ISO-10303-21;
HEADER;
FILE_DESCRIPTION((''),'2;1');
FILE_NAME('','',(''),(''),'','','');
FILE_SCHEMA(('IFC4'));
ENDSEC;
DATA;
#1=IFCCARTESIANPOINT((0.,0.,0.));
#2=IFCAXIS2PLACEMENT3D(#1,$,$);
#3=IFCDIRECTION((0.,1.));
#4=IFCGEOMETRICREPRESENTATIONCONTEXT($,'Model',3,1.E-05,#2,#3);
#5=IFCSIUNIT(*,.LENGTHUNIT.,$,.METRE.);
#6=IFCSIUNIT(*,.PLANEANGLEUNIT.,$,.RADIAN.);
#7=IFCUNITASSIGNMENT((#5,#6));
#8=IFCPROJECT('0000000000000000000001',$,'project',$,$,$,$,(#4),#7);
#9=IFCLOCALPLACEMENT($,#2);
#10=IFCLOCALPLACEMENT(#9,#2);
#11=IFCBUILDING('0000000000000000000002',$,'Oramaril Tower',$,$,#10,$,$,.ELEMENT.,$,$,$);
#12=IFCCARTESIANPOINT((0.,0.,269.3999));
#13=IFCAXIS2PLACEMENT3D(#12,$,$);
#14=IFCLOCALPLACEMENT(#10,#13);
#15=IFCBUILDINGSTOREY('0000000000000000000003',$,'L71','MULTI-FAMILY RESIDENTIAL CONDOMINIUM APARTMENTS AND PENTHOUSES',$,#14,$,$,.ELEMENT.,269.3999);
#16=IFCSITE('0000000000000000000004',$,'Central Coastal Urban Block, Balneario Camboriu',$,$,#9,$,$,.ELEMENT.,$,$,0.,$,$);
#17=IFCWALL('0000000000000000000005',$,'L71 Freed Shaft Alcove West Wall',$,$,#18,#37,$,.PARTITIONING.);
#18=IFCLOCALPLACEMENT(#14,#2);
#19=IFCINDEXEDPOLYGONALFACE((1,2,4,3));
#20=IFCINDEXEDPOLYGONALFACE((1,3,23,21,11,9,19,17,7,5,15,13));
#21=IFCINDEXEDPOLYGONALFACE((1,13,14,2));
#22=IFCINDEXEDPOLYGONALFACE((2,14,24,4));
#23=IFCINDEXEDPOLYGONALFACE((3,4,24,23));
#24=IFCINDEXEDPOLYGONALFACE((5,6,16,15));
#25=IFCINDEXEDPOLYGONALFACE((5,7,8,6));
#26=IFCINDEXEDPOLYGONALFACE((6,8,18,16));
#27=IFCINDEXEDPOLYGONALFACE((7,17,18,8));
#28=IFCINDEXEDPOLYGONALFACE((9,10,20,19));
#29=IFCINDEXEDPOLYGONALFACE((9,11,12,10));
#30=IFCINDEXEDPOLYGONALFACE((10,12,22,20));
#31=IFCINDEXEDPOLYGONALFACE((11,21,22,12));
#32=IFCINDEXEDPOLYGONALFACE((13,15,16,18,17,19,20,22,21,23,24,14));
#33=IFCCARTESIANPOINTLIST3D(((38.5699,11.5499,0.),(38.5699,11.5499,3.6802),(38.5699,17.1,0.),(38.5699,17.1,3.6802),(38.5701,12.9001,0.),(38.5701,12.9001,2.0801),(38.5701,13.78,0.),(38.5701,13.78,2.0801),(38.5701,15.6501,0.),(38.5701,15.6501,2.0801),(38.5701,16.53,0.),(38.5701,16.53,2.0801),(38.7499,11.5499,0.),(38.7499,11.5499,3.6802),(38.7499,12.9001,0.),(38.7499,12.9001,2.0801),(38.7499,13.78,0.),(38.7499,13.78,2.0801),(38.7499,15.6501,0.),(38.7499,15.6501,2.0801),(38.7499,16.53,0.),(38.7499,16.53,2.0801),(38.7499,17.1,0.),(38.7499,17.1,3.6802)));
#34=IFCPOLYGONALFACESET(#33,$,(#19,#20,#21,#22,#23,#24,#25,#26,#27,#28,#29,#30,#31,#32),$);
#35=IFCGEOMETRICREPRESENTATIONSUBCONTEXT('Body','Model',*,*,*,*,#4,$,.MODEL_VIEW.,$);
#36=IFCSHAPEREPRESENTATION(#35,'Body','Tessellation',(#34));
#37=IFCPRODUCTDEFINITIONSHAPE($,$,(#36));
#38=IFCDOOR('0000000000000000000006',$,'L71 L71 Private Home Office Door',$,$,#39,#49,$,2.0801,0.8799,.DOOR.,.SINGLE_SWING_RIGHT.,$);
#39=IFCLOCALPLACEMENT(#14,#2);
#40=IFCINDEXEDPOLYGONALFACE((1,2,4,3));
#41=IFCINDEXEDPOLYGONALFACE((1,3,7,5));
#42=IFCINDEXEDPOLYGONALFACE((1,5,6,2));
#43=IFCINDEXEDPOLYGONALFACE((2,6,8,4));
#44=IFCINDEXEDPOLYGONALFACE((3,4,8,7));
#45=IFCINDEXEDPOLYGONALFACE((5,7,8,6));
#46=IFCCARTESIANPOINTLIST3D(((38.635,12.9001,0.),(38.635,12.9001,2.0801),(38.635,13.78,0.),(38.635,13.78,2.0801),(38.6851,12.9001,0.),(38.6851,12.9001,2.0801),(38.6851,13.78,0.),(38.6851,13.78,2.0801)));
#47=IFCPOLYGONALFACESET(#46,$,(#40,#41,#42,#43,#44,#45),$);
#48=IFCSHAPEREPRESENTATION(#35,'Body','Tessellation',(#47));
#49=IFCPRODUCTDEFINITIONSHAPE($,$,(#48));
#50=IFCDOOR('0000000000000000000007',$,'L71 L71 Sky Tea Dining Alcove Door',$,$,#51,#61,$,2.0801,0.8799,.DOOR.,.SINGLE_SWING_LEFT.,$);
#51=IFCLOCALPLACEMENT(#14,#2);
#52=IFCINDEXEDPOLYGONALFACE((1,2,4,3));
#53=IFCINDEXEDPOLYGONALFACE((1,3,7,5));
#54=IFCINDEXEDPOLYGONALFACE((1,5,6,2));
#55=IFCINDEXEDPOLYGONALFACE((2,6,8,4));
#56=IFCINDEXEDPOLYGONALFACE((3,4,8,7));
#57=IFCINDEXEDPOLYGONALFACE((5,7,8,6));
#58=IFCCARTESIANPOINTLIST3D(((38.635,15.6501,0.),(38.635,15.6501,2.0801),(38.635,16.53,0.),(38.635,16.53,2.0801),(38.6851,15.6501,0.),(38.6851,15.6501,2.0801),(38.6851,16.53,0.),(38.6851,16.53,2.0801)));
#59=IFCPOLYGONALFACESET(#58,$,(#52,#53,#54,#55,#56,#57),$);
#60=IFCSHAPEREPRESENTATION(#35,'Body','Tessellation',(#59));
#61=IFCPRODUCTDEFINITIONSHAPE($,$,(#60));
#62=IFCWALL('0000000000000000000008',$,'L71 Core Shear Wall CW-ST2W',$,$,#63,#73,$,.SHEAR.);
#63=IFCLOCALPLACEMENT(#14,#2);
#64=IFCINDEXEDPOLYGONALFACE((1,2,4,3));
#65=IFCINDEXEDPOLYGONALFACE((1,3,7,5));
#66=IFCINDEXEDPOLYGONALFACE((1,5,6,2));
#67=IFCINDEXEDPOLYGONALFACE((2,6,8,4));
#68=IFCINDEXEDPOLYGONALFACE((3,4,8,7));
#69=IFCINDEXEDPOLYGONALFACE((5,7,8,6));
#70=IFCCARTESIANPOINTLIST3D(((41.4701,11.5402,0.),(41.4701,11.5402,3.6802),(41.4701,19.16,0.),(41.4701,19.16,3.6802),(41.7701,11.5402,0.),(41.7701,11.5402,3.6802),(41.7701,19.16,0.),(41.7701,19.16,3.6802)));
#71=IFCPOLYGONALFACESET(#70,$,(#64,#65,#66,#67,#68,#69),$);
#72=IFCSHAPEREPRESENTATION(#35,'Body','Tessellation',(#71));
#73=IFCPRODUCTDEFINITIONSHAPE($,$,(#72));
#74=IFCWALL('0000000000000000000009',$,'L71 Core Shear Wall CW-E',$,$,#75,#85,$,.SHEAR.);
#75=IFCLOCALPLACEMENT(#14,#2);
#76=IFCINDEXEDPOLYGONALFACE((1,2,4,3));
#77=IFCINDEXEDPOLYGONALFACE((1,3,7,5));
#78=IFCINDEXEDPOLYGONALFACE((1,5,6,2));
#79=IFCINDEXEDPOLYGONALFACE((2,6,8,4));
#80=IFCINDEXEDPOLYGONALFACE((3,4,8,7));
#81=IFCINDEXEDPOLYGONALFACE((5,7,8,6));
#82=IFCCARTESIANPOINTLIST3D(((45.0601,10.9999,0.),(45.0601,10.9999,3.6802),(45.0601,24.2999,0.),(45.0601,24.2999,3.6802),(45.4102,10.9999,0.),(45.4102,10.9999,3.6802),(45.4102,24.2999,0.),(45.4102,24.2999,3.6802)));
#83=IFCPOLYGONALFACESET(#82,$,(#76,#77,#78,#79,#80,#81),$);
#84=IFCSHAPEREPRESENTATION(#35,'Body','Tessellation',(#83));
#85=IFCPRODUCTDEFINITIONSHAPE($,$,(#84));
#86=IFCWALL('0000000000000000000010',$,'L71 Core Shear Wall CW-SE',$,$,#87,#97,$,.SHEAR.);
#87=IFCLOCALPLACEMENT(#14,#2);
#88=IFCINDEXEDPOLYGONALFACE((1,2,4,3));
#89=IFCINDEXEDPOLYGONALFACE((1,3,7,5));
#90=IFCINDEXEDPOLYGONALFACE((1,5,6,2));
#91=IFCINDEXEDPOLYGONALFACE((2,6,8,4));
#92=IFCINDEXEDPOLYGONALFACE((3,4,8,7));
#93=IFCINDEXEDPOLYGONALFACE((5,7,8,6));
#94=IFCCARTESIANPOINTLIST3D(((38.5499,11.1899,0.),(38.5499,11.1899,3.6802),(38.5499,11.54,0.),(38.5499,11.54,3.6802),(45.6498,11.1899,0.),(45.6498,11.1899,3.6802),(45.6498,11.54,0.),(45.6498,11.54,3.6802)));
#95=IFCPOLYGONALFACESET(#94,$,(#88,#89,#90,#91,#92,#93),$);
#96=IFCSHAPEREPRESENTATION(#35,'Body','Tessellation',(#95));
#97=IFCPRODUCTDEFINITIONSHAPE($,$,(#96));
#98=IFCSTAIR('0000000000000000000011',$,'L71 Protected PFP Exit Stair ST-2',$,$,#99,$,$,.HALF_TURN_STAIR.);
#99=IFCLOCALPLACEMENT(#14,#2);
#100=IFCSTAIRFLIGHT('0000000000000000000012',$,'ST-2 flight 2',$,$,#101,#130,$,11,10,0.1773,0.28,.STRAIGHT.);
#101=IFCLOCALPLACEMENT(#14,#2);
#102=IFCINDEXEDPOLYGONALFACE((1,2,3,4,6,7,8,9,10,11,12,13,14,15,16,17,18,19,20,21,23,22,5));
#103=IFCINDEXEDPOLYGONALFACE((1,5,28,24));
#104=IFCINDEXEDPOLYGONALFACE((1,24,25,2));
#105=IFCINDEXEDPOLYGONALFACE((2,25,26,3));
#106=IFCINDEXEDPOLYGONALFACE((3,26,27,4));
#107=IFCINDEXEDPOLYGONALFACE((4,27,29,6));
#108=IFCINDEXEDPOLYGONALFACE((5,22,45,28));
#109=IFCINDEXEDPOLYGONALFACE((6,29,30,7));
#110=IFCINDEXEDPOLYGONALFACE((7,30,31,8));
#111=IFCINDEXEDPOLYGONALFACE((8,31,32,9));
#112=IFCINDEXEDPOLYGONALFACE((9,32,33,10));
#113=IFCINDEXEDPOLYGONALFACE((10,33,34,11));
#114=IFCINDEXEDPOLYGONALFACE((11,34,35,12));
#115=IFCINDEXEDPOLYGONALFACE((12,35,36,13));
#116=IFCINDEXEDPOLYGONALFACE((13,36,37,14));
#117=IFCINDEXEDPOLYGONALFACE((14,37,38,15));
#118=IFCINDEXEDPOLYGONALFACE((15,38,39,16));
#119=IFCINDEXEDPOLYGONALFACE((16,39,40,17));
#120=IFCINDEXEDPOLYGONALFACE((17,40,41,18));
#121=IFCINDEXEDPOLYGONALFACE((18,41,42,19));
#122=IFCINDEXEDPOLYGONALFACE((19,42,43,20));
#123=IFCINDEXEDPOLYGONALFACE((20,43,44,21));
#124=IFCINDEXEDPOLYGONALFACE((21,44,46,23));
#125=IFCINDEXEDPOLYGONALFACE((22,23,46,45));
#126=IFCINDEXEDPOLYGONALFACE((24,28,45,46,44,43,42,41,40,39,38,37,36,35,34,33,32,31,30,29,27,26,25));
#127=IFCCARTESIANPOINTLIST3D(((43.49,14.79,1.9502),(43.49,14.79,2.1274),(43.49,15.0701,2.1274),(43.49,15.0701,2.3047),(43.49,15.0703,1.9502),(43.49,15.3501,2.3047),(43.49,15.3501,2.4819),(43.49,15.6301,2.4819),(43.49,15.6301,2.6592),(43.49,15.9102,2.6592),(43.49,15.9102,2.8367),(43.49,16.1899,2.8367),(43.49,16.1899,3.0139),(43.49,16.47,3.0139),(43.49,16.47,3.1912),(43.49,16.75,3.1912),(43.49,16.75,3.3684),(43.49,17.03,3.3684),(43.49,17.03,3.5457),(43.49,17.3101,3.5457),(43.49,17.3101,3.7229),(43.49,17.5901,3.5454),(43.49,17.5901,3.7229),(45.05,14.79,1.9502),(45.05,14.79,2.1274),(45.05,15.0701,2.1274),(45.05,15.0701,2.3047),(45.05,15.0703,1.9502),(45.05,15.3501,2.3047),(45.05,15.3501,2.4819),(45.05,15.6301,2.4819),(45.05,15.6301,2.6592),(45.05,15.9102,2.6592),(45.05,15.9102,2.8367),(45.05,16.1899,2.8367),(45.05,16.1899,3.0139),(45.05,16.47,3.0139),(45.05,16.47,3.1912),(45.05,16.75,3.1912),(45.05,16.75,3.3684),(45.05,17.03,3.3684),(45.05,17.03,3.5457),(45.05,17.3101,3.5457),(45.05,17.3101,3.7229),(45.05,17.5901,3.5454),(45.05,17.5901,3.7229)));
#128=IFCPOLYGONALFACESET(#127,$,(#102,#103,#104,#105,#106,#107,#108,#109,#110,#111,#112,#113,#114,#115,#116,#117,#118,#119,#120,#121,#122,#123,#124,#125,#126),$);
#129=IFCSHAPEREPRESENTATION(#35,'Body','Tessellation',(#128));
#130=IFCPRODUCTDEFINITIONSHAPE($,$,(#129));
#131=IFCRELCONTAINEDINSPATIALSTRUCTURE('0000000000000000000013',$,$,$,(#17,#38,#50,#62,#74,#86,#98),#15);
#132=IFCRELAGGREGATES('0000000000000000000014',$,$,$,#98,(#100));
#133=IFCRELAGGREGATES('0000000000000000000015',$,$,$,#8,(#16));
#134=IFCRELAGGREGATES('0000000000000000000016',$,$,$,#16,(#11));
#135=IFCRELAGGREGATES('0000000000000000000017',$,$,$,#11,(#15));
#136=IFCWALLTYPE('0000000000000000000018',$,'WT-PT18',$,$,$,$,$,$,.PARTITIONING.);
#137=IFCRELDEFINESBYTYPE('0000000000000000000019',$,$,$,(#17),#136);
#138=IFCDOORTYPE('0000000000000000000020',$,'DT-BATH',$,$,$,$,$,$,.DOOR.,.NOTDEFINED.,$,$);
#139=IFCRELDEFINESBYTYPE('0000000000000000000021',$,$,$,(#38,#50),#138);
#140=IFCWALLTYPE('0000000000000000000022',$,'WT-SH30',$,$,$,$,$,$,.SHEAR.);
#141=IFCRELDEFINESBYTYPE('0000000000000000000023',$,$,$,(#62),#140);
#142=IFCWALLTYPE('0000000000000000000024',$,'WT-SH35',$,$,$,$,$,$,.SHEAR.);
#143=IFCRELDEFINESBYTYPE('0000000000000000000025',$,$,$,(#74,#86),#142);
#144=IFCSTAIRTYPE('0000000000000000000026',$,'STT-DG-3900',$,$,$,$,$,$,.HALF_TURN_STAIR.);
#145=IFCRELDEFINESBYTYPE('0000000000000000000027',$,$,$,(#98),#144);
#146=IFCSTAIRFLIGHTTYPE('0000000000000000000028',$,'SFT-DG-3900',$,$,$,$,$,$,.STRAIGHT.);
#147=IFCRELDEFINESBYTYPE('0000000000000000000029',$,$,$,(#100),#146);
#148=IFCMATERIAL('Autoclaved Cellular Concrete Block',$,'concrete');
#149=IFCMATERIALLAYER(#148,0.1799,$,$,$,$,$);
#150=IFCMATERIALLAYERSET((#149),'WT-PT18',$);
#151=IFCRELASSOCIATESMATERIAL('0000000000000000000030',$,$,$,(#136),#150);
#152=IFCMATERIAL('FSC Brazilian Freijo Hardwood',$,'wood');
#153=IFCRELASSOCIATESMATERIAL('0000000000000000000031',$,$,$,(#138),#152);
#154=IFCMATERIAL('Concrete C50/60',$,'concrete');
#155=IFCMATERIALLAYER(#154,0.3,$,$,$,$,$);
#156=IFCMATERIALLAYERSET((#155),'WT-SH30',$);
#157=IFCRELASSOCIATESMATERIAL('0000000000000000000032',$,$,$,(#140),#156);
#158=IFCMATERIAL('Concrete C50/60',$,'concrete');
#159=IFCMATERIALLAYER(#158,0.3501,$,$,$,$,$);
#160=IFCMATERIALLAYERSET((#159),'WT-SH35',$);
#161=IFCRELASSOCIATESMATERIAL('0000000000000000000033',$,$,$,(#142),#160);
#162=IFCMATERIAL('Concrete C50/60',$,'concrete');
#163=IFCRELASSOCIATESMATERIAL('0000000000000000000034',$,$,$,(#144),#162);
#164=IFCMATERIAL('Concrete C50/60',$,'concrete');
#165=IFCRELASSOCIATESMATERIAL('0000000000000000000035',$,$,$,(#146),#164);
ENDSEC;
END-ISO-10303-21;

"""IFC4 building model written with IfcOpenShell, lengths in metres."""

from ifc_helpers import new_model, si_unit, direction, frame, frame_2d, origin, place, context, subcontext, project, spatial, polyline, rectangle, outline, extrude, material, layer, layer_set, type_object, element, fill, aggregate, save


model = new_model("IFC4")

# Units and contexts
model_context = context("Model", 3, precision=1e-05, world=origin(), true_north=direction((0.0, 1.0)))
body_context = subcontext(model_context, "Body", "Model", "MODEL_VIEW")
ifc_project = project(units=[si_unit("LENGTHUNIT", "METRE"), si_unit("PLANEANGLEUNIT", "RADIAN")], contexts=[model_context])

# Site, building, storey
site_placement = place(None, origin())
site = spatial("IfcSite", under=ifc_project, at=site_placement, Name="Central Coastal Urban Block, Balneario Camboriu", CompositionType="ELEMENT", RefElevation=0.0)
building_placement = place(site_placement, origin())
building = spatial("IfcBuilding", under=site, at=building_placement, Name="Oramaril Tower", CompositionType="ELEMENT")
storey_placement = place(building_placement, frame((0.0, 0.0, 269.3999)))
storey = spatial("IfcBuildingStorey", under=building, at=storey_placement, Name="L71", Description="MULTI-FAMILY RESIDENTIAL CONDOMINIUM APARTMENTS AND PENTHOUSES", CompositionType="ELEMENT", Elevation=269.3999)

# Shared definitions
ifc_material_1 = material(Name="Autoclaved Cellular Concrete Block", Category="concrete")
ifc_layer_1 = layer(ifc_material_1, 0.1799)
ifc_layer_set_1 = layer_set([ifc_layer_1], Name="WT-PT18")
wall_type_1 = type_object("IfcWallType", Name="WT-PT18", PredefinedType="PARTITIONING", material=ifc_layer_set_1)
ifc_material_2 = material(Name="FSC Brazilian Freijo Hardwood", Category="wood")
door_type_1 = type_object("IfcDoorType", Name="DT-BATH", OperationType="NOTDEFINED", PredefinedType="DOOR", material=ifc_material_2)

# Wall, openings, doors
wall_1_placement = place(storey_placement, frame((38.6599, 11.55, 0.0), z_axis=(0.0, 0.0, 1.0), x_axis=(0.0, 1.0, 0.0)))
wall_1 = element("IfcWall", 1, at=wall_1_placement, inside=storey, type_object=wall_type_1, Name="L71 Freed Shaft Alcove West Wall", PredefinedType="PARTITIONING", context=body_context, shape_type="SweptSolid", body=[
    extrude(rectangle(XDim=5.55, YDim=0.1799, at=frame_2d((2.7749, 0.0))), origin(), (0.0, 0.0, 1.0), 3.6802),
])
opening_1_placement = place(wall_1_placement, frame((1.3501, 0.0, 0.0)))
opening_1 = element("IfcOpeningElement", 2, at=opening_1_placement, cuts=wall_1, PredefinedType="OPENING", context=body_context, shape_type="SweptSolid", body=[
    extrude(rectangle(XDim=0.8799, YDim=2.0801, at=frame_2d((0.4399, 1.04))), frame((0.0, 0.0898, 0.0), z_axis=(0.0, -1.0, 0.0), x_axis=(1.0, 0.0, 0.0)), (0.0, 0.0, 1.0), 0.1799),
])
opening_2_placement = place(wall_1_placement, frame((4.1001, 0.0, 0.0)))
opening_2 = element("IfcOpeningElement", 3, at=opening_2_placement, cuts=wall_1, PredefinedType="OPENING", context=body_context, shape_type="SweptSolid", body=[
    extrude(rectangle(XDim=0.8799, YDim=2.0801, at=frame_2d((0.4399, 1.04))), frame((0.0, 0.0898, 0.0), z_axis=(0.0, -1.0, 0.0), x_axis=(1.0, 0.0, 0.0)), (0.0, 0.0, 1.0), 0.1799),
])
door_1_placement = place(opening_1_placement, origin())
door_1 = element("IfcDoor", 4, at=door_1_placement, inside=storey, type_object=door_type_1, Name="L71 L71 Private Home Office Door", OperationType="SINGLE_SWING_RIGHT", OverallHeight=2.0801, OverallWidth=0.8799, PredefinedType="DOOR", context=body_context, shape_type="SweptSolid", body=[
    extrude(rectangle(XDim=0.8799, YDim=2.0801, at=frame_2d((0.4399, 1.04))), frame((0.0, 0.0249, 0.0), z_axis=(0.0, -1.0, 0.0), x_axis=(1.0, 0.0, 0.0)), (0.0, 0.0, 1.0), 0.05),
])
fill(opening_1, door_1)
door_2_placement = place(opening_2_placement, origin())
door_2 = element("IfcDoor", 5, at=door_2_placement, inside=storey, type_object=door_type_1, Name="L71 L71 Sky Tea Dining Alcove Door", OperationType="SINGLE_SWING_LEFT", OverallHeight=2.0801, OverallWidth=0.8799, PredefinedType="DOOR", context=body_context, shape_type="SweptSolid", body=[
    extrude(rectangle(XDim=0.8799, YDim=2.0801, at=frame_2d((0.4399, 1.04))), frame((0.0, 0.0249, 0.0), z_axis=(0.0, -1.0, 0.0), x_axis=(1.0, 0.0, 0.0)), (0.0, 0.0, 1.0), 0.05),
])
fill(opening_2, door_2)

# Walls
ifc_material_3 = material(Name="Concrete C50/60", Category="concrete")
ifc_layer_2 = layer(ifc_material_3, 0.3)
ifc_layer_set_2 = layer_set([ifc_layer_2], Name="WT-SH30")
wall_type_2 = type_object("IfcWallType", Name="WT-SH30", PredefinedType="SHEAR", material=ifc_layer_set_2)
wall_2_placement = place(storey_placement, frame((41.6201, 11.54, 0.0), z_axis=(0.0, 0.0, 1.0), x_axis=(0.0, 1.0, 0.0)))
element("IfcWall", 6, at=wall_2_placement, inside=storey, type_object=wall_type_2, Name="L71 Core Shear Wall CW-ST2W", PredefinedType="SHEAR", context=body_context, shape_type="SweptSolid", body=[
    extrude(rectangle(XDim=7.6199, YDim=0.3, at=frame_2d((3.8101, 0.0))), origin(), (0.0, 0.0, 1.0), 3.6802),
])
ifc_material_4 = material(Name="Concrete C50/60", Category="concrete")
ifc_layer_3 = layer(ifc_material_4, 0.3501)
ifc_layer_set_3 = layer_set([ifc_layer_3], Name="WT-SH35")
wall_type_3 = type_object("IfcWallType", Name="WT-SH35", PredefinedType="SHEAR", material=ifc_layer_set_3)
wall_3_placement = place(storey_placement, frame((45.2351, 11.0, 0.0), z_axis=(0.0, 0.0, 1.0), x_axis=(0.0, 1.0, 0.0)))
element("IfcWall", 7, at=wall_3_placement, inside=storey, type_object=wall_type_3, Name="L71 Core Shear Wall CW-E", PredefinedType="SHEAR", context=body_context, shape_type="SweptSolid", body=[
    extrude(rectangle(XDim=13.3, YDim=0.3501, at=frame_2d((6.6499, 0.0))), origin(), (0.0, 0.0, 1.0), 3.6802),
])
wall_4_placement = place(storey_placement, frame((38.55, 11.365, 0.0), z_axis=(0.0, 0.0, 1.0), x_axis=(1.0, 0.0, 0.0)))
element("IfcWall", 8, at=wall_4_placement, inside=storey, type_object=wall_type_3, Name="L71 Core Shear Wall CW-SE", PredefinedType="SHEAR", context=body_context, shape_type="SweptSolid", body=[
    extrude(rectangle(XDim=7.0999, YDim=0.3501, at=frame_2d((3.5498, 0.0))), origin(), (0.0, 0.0, 1.0), 3.6802),
])

# Stair, stair flight
ifc_material_5 = material(Name="Concrete C50/60", Category="concrete")
stair_type = type_object("IfcStairType", Name="STT-DG-3900", PredefinedType="HALF_TURN_STAIR", material=ifc_material_5)
stair_placement = place(storey_placement, origin())
stair = element("IfcStair", 9, at=stair_placement, inside=storey, type_object=stair_type, Name="L71 Protected PFP Exit Stair ST-2", PredefinedType="HALF_TURN_STAIR")
ifc_material_6 = material(Name="Concrete C50/60", Category="concrete")
stair_flight_type = type_object("IfcStairFlightType", Name="SFT-DG-3900", PredefinedType="STRAIGHT", material=ifc_material_6)
stair_flight_placement = place(storey_placement, frame((44.27, 14.79, 1.9502), z_axis=(0.0, 0.0, 1.0), x_axis=(0.0, 1.0, 0.0)))
stair_flight = element("IfcStairFlight", 10, at=stair_flight_placement, type_object=stair_flight_type, Name="ST-2 flight 2", NumberOfRisers=11, NumberOfTreads=10, PredefinedType="STRAIGHT", RiserHeight=0.1773, TreadLength=0.28, context=body_context, shape_type="SweptSolid", body=[
    extrude(outline(polyline([(0.0, 0.0), (0.0, 0.1772), (0.28, 0.1772), (0.28, 0.3545), (0.5601, 0.3545), (0.5601, 0.5317), (0.8401, 0.5317), (0.8401, 0.709), (1.1201, 0.709), (1.1201, 0.8865), (1.3999, 0.8865), (1.3999, 1.0637), (1.6799, 1.0637), (1.6799, 1.241), (1.96, 1.241), (1.96, 1.4182), (2.24, 1.4182), (2.24, 1.5955), (2.52, 1.5955), (2.52, 1.7727), (2.8, 1.7727), (2.8, 1.95), (2.8, 1.5952), (0.2803, 0.0), (0.0, 0.0)])), frame((0.0, 0.78, 0.0), z_axis=(0.0, -1.0, 0.0), x_axis=(1.0, 0.0, 0.0)), (0.0, 0.0, 1.0), 1.5601),
])
aggregate(stair, [stair_flight])

save(model, "model.ifc")
